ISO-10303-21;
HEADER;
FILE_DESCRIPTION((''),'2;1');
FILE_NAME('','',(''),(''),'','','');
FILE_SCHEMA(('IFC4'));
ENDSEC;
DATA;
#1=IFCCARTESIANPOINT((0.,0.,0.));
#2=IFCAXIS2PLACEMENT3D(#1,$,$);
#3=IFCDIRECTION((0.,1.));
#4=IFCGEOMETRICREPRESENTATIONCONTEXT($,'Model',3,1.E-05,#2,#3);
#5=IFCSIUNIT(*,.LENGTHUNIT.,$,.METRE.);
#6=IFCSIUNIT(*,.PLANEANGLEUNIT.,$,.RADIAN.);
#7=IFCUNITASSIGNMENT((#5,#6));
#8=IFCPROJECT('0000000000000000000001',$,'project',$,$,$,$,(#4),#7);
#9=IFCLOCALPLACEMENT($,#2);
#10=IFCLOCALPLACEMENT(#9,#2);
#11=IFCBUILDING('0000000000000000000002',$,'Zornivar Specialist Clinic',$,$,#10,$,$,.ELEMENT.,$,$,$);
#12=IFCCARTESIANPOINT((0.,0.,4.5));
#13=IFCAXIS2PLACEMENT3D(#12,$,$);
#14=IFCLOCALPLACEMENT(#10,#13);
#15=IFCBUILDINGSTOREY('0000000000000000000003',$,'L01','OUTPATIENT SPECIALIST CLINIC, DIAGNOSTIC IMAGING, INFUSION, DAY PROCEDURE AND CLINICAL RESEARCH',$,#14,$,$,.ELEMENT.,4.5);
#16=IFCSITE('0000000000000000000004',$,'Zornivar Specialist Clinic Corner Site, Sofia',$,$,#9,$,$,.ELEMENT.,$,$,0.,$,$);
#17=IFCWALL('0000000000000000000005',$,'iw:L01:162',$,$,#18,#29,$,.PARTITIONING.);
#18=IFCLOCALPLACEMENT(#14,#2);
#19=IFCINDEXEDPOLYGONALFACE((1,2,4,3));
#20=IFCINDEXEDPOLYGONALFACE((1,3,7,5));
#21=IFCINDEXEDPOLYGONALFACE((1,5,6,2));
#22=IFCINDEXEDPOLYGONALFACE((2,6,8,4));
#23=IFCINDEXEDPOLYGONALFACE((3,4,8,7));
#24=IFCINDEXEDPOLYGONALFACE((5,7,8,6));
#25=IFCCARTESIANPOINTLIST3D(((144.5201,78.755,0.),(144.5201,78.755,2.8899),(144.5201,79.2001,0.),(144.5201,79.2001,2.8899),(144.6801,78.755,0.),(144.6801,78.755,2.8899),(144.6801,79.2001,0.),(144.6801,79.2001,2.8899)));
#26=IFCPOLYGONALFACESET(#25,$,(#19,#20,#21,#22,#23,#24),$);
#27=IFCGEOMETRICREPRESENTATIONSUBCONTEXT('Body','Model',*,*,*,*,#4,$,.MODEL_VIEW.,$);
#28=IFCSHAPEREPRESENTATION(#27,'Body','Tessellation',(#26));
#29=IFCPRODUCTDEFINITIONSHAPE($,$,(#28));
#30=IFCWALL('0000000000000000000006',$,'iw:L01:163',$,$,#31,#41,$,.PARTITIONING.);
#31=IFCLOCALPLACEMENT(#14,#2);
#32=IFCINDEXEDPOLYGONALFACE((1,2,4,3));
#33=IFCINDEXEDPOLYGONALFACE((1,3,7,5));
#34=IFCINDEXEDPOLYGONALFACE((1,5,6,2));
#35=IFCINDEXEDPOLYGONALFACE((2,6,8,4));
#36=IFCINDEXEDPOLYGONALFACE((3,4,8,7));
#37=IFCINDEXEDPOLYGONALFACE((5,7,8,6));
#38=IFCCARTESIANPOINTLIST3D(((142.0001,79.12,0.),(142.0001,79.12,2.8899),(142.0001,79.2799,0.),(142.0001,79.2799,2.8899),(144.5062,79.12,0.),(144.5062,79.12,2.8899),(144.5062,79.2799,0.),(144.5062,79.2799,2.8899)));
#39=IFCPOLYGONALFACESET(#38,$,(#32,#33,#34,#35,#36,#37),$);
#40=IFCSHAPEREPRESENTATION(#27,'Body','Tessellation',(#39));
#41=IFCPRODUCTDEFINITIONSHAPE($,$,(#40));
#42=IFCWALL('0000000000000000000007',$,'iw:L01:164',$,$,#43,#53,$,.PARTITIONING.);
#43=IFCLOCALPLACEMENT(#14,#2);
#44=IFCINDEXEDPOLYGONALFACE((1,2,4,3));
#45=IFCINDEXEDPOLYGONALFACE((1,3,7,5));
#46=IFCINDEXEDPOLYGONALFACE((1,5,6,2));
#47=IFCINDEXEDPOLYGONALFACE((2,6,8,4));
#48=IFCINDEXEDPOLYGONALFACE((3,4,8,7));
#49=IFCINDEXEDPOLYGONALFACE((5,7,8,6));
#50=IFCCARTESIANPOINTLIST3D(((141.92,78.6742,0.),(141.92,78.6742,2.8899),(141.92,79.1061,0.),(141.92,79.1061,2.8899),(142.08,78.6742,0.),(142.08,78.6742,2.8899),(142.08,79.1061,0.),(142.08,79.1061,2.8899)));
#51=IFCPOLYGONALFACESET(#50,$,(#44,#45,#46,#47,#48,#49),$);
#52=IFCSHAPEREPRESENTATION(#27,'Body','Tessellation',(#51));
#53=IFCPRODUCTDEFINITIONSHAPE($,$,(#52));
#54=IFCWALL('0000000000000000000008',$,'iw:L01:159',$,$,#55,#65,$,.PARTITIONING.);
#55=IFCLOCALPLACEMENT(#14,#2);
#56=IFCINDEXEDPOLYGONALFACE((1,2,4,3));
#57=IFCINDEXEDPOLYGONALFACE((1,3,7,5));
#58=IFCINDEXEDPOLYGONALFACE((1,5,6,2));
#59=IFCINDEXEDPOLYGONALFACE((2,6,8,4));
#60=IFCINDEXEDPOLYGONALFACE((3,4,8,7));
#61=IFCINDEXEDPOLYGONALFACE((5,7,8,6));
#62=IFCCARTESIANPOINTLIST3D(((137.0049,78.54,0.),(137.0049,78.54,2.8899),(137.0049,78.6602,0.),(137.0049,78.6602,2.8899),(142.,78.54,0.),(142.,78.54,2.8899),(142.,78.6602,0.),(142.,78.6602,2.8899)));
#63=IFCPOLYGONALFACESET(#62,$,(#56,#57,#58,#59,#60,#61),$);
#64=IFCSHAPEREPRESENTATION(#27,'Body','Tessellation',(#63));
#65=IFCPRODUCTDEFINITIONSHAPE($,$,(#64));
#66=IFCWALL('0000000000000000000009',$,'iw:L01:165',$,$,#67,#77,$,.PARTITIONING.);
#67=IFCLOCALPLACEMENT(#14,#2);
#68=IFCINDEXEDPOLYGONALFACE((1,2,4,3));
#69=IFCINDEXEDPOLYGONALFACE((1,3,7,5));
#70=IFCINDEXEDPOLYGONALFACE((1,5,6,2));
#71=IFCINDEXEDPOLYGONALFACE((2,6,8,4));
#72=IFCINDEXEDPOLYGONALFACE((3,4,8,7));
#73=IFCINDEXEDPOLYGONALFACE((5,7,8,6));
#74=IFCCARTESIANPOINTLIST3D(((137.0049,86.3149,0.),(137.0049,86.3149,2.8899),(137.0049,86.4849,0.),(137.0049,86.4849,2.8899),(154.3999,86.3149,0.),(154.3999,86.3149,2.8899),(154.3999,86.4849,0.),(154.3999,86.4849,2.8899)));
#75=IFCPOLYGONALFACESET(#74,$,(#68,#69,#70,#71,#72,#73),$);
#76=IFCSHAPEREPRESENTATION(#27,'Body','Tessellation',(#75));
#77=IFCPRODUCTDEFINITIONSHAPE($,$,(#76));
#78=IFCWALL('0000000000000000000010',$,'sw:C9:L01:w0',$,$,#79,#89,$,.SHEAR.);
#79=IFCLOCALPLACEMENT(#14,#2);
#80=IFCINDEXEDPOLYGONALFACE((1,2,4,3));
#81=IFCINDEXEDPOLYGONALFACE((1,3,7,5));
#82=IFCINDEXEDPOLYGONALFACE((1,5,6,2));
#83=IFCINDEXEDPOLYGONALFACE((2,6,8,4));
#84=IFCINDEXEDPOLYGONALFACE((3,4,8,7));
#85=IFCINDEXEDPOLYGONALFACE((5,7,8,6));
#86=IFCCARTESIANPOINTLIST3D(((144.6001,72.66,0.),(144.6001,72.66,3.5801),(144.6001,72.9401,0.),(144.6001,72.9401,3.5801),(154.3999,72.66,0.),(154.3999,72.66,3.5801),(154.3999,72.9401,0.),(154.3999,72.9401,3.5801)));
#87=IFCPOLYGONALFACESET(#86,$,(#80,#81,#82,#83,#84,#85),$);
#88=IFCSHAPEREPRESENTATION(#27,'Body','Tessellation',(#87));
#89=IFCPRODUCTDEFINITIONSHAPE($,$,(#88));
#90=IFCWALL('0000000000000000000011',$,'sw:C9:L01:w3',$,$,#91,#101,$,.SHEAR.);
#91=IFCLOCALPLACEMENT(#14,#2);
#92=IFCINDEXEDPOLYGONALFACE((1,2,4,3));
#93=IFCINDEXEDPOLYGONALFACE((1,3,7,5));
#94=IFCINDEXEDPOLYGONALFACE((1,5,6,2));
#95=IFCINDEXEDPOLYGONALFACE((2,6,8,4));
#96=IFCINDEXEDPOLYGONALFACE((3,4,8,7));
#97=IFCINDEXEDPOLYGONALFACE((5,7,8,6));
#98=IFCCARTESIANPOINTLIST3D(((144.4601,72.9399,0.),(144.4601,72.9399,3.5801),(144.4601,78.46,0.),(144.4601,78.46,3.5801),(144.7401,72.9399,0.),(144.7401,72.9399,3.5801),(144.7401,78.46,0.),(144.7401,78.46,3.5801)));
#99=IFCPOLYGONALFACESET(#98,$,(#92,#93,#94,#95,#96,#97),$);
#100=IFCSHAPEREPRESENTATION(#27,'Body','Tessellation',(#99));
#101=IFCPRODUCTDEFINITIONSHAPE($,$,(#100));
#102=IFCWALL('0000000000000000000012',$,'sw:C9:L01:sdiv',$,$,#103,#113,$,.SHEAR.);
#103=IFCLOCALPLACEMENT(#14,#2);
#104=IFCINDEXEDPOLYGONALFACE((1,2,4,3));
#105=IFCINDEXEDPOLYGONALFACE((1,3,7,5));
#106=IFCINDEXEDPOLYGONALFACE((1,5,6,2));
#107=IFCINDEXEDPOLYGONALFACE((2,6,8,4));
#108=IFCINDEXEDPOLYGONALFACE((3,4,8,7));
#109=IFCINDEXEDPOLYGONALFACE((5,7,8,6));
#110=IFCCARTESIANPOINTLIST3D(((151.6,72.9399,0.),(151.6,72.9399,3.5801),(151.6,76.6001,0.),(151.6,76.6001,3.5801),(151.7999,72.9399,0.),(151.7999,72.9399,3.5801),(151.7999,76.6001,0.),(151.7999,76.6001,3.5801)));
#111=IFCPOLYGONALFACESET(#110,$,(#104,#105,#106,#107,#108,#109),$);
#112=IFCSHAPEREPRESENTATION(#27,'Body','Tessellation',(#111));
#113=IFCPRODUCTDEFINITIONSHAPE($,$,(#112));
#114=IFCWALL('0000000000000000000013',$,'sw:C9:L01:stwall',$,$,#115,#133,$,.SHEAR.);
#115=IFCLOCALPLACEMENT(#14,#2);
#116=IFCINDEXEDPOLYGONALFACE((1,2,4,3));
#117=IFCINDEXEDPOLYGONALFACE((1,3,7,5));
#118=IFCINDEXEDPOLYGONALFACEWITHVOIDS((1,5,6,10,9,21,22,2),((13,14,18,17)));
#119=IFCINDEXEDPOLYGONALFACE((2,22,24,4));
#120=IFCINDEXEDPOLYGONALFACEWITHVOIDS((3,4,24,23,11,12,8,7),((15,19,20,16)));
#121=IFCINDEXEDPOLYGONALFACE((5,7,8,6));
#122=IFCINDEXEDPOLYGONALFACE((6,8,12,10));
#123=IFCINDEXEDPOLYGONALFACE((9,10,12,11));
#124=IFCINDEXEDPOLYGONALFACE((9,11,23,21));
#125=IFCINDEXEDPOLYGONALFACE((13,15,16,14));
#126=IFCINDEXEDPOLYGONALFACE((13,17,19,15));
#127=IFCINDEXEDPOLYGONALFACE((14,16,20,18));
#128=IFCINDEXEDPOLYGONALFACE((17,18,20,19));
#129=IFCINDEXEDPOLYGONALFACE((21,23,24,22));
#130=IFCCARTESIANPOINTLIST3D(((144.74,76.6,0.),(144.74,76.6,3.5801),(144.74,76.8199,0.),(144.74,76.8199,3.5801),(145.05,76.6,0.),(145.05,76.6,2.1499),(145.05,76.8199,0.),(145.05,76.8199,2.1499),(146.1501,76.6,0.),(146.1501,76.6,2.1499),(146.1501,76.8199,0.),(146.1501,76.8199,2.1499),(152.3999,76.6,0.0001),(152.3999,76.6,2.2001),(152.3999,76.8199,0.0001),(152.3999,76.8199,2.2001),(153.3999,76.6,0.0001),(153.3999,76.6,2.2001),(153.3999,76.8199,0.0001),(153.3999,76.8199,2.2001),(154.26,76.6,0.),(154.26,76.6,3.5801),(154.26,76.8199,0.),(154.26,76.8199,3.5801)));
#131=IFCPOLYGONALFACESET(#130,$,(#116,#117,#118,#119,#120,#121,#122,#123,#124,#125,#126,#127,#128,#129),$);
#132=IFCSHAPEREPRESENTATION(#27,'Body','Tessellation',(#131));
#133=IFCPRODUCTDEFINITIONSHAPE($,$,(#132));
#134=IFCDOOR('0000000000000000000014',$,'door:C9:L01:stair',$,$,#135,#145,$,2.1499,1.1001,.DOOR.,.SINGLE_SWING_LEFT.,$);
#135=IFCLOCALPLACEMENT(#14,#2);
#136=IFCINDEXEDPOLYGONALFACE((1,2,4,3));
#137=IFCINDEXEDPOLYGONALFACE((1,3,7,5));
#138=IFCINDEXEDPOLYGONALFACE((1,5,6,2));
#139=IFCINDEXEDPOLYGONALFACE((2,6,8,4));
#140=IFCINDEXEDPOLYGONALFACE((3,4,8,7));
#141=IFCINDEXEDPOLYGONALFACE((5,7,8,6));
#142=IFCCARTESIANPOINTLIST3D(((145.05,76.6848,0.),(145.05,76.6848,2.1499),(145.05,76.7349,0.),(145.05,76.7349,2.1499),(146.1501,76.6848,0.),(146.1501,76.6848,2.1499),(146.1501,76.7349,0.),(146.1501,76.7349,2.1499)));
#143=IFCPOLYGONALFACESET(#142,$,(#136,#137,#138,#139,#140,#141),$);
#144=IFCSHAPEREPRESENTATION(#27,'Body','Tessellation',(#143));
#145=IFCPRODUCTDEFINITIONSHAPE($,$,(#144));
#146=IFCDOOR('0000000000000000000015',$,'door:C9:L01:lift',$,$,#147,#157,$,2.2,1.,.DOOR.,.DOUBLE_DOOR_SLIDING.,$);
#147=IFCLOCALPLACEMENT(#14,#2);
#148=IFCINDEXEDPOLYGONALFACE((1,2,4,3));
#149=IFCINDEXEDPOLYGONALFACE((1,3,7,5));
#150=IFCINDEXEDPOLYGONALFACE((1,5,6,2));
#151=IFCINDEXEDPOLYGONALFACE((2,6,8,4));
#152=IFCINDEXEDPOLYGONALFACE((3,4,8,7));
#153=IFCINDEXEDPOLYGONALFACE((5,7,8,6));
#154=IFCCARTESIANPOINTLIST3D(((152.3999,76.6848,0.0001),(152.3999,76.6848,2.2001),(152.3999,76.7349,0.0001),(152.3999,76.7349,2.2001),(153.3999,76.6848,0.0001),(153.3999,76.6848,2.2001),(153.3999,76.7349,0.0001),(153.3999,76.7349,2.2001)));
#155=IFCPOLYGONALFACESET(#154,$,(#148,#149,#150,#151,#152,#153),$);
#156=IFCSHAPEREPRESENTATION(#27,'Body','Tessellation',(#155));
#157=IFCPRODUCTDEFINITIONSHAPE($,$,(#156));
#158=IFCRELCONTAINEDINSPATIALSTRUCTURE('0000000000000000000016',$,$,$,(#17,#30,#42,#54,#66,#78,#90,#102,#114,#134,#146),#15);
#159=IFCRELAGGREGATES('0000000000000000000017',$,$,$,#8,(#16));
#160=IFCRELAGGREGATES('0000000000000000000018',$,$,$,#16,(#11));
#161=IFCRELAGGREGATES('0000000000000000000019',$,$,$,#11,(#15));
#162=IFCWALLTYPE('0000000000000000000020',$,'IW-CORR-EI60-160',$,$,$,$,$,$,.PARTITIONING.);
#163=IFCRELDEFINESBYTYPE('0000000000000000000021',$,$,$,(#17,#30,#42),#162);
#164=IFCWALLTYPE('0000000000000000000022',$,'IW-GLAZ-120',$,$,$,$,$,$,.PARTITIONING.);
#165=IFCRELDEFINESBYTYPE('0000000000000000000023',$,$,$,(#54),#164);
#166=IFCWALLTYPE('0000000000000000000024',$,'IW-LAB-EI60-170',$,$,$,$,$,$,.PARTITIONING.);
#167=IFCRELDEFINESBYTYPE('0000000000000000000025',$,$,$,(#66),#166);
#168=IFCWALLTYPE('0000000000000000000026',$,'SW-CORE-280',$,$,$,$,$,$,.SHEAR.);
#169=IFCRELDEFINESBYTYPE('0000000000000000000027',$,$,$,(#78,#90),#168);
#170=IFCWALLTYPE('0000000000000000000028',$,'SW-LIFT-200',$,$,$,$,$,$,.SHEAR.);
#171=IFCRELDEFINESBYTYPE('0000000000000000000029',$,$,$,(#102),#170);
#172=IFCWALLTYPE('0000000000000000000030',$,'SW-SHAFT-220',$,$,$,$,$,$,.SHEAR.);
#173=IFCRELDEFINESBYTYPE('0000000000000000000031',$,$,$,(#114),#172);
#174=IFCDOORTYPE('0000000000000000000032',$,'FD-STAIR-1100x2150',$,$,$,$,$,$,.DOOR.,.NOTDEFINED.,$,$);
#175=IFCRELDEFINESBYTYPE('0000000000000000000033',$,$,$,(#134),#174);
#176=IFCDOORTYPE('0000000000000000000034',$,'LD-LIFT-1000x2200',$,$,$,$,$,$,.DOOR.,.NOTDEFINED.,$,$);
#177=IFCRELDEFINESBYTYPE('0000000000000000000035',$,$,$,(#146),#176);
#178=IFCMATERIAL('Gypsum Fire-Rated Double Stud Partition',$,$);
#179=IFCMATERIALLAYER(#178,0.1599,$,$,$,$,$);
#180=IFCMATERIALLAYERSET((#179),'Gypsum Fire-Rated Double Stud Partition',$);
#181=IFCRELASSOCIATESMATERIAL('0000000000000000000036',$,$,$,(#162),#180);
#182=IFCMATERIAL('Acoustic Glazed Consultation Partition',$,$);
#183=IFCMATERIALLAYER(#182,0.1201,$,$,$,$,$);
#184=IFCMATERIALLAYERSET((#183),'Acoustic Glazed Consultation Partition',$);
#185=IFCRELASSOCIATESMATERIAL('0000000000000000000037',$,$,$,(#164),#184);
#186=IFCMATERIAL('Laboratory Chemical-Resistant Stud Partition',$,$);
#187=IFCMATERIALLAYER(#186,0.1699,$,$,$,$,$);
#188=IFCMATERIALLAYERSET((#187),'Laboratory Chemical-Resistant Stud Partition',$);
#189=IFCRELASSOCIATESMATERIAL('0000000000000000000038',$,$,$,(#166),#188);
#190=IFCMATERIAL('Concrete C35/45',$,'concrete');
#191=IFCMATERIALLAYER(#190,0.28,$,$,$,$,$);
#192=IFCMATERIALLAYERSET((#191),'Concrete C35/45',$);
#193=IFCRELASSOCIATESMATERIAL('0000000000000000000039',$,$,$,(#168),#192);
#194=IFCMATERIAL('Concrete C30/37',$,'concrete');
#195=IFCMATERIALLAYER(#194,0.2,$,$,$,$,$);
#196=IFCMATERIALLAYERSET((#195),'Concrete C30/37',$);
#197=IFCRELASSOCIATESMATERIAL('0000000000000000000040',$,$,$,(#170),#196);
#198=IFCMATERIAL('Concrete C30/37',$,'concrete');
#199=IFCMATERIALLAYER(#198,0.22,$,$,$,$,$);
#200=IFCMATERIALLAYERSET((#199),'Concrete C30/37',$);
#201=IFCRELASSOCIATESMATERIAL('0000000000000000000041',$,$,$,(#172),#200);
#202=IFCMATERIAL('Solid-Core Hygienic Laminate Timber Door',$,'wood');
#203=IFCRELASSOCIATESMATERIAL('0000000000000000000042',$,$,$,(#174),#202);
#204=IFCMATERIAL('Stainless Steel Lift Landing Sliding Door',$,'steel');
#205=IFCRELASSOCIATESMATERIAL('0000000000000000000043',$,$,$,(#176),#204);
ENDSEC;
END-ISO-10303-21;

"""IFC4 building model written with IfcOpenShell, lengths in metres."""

from ifc_helpers import new_model, si_unit, direction, frame, frame_2d, origin, place, context, subcontext, project, spatial, rectangle, extrude, material, layer, layer_set, type_object, element, fill, save


model = new_model("IFC4")

# Units and contexts
model_context = context("Model", 3, precision=1e-05, world=origin(), true_north=direction((0.0, 1.0)))
body_context = subcontext(model_context, "Body", "Model", "MODEL_VIEW")
ifc_project = project(units=[si_unit("LENGTHUNIT", "METRE"), si_unit("PLANEANGLEUNIT", "RADIAN")], contexts=[model_context])

# Site, building, storey
site_placement = place(None, origin())
site = spatial("IfcSite", under=ifc_project, at=site_placement, Name="Zornivar Specialist Clinic Corner Site, Sofia", CompositionType="ELEMENT", RefElevation=0.0)
building_placement = place(site_placement, origin())
building = spatial("IfcBuilding", under=site, at=building_placement, Name="Zornivar Specialist Clinic", CompositionType="ELEMENT")
storey_placement = place(building_placement, frame((0.0, 0.0, 4.5)))
storey = spatial("IfcBuildingStorey", under=building, at=storey_placement, Name="L01", Description="OUTPATIENT SPECIALIST CLINIC, DIAGNOSTIC IMAGING, INFUSION, DAY PROCEDURE AND CLINICAL RESEARCH", CompositionType="ELEMENT", Elevation=4.5)

# Shared definitions
ifc_material_1 = material(Name="Gypsum Fire-Rated Double Stud Partition")
ifc_layer_1 = layer(ifc_material_1, 0.1599)
ifc_layer_set_1 = layer_set([ifc_layer_1], Name="Gypsum Fire-Rated Double Stud Partition")
wall_type_1 = type_object("IfcWallType", Name="IW-CORR-EI60-160", PredefinedType="PARTITIONING", material=ifc_layer_set_1)

# Walls
wall_1_placement = place(storey_placement, frame((144.6001, 78.7549, 0.0), z_axis=(0.0, 0.0, 1.0), x_axis=(0.0, 1.0, 0.0)))
element("IfcWall", 1, at=wall_1_placement, inside=storey, type_object=wall_type_1, Name="iw:L01:162", PredefinedType="PARTITIONING", context=body_context, shape_type="SweptSolid", body=[
    extrude(rectangle(XDim=0.4451, YDim=0.1599, at=frame_2d((0.2227, 0.0))), origin(), (0.0, 0.0, 1.0), 2.8899),
])
wall_2_placement = place(storey_placement, frame((144.5061, 79.2, 0.0), z_axis=(0.0, 0.0, 1.0), x_axis=(-1.0, 0.0, 0.0)))
element("IfcWall", 2, at=wall_2_placement, inside=storey, type_object=wall_type_1, Name="iw:L01:163", PredefinedType="PARTITIONING", context=body_context, shape_type="SweptSolid", body=[
    extrude(rectangle(XDim=2.5061, YDim=0.1599, at=frame_2d((1.2529, 0.0))), origin(), (0.0, 0.0, 1.0), 2.8899),
])
wall_3_placement = place(storey_placement, frame((142.0, 79.106, 0.0), z_axis=(0.0, 0.0, 1.0), x_axis=(0.0, -1.0, 0.0)))
element("IfcWall", 3, at=wall_3_placement, inside=storey, type_object=wall_type_1, Name="iw:L01:164", PredefinedType="PARTITIONING", context=body_context, shape_type="SweptSolid", body=[
    extrude(rectangle(XDim=0.4319, YDim=0.1599, at=frame_2d((0.2158, 0.0))), origin(), (0.0, 0.0, 1.0), 2.8899),
])
ifc_material_2 = material(Name="Acoustic Glazed Consultation Partition")
ifc_layer_2 = layer(ifc_material_2, 0.1201)
ifc_layer_set_2 = layer_set([ifc_layer_2], Name="Acoustic Glazed Consultation Partition")
wall_type_2 = type_object("IfcWallType", Name="IW-GLAZ-120", PredefinedType="PARTITIONING", material=ifc_layer_set_2)
wall_4_placement = place(storey_placement, frame((137.0049, 78.6001, 0.0), z_axis=(0.0, 0.0, 1.0), x_axis=(1.0, 0.0, 0.0)))
element("IfcWall", 4, at=wall_4_placement, inside=storey, type_object=wall_type_2, Name="iw:L01:159", PredefinedType="PARTITIONING", context=body_context, shape_type="SweptSolid", body=[
    extrude(rectangle(XDim=4.9951, YDim=0.1201, at=frame_2d((2.4976, 0.0))), origin(), (0.0, 0.0, 1.0), 2.8899),
])
ifc_material_3 = material(Name="Laboratory Chemical-Resistant Stud Partition")
ifc_layer_3 = layer(ifc_material_3, 0.1699)
ifc_layer_set_3 = layer_set([ifc_layer_3], Name="Laboratory Chemical-Resistant Stud Partition")
wall_type_3 = type_object("IfcWallType", Name="IW-LAB-EI60-170", PredefinedType="PARTITIONING", material=ifc_layer_set_3)
wall_5_placement = place(storey_placement, frame((137.0049, 86.3999, 0.0), z_axis=(0.0, 0.0, 1.0), x_axis=(1.0, 0.0, 0.0)))
element("IfcWall", 5, at=wall_5_placement, inside=storey, type_object=wall_type_3, Name="iw:L01:165", PredefinedType="PARTITIONING", context=body_context, shape_type="SweptSolid", body=[
    extrude(rectangle(XDim=17.395, YDim=0.1699, at=frame_2d((8.6975, 0.0))), origin(), (0.0, 0.0, 1.0), 2.8899),
])
ifc_material_4 = material(Name="Concrete C35/45", Category="concrete")
ifc_layer_4 = layer(ifc_material_4, 0.28)
ifc_layer_set_4 = layer_set([ifc_layer_4], Name="Concrete C35/45")
wall_type_4 = type_object("IfcWallType", Name="SW-CORE-280", PredefinedType="SHEAR", material=ifc_layer_set_4)
wall_6_placement = place(storey_placement, frame((144.6001, 72.8, 0.0), z_axis=(0.0, 0.0, 1.0), x_axis=(1.0, 0.0, 0.0)))
element("IfcWall", 6, at=wall_6_placement, inside=storey, type_object=wall_type_4, Name="sw:C9:L01:w0", PredefinedType="SHEAR", context=body_context, shape_type="SweptSolid", body=[
    extrude(rectangle(XDim=9.7998, YDim=0.28, at=frame_2d((4.8999, 0.0))), origin(), (0.0, 0.0, 1.0), 3.5801),
])
wall_7_placement = place(storey_placement, frame((144.6001, 78.46, 0.0), z_axis=(0.0, 0.0, 1.0), x_axis=(0.0, -1.0, 0.0)))
element("IfcWall", 7, at=wall_7_placement, inside=storey, type_object=wall_type_4, Name="sw:C9:L01:w3", PredefinedType="SHEAR", context=body_context, shape_type="SweptSolid", body=[
    extrude(rectangle(XDim=5.52, YDim=0.28, at=frame_2d((2.76, 0.0))), origin(), (0.0, 0.0, 1.0), 3.5801),
])
ifc_material_5 = material(Name="Concrete C30/37", Category="concrete")
ifc_layer_5 = layer(ifc_material_5, 0.2)
ifc_layer_set_5 = layer_set([ifc_layer_5], Name="Concrete C30/37")
wall_type_5 = type_object("IfcWallType", Name="SW-LIFT-200", PredefinedType="SHEAR", material=ifc_layer_set_5)
wall_8_placement = place(storey_placement, frame((151.7, 72.9399, 0.0), z_axis=(0.0, 0.0, 1.0), x_axis=(0.0, 1.0, 0.0)))
element("IfcWall", 8, at=wall_8_placement, inside=storey, type_object=wall_type_5, Name="sw:C9:L01:sdiv", PredefinedType="SHEAR", context=body_context, shape_type="SweptSolid", body=[
    extrude(rectangle(XDim=3.6602, YDim=0.2, at=frame_2d((1.8301, 0.0))), origin(), (0.0, 0.0, 1.0), 3.5801),
])

# Wall, openings, doors
ifc_material_6 = material(Name="Concrete C30/37", Category="concrete")
ifc_layer_6 = layer(ifc_material_6, 0.22)
ifc_layer_set_6 = layer_set([ifc_layer_6], Name="Concrete C30/37")
wall_type_6 = type_object("IfcWallType", Name="SW-SHAFT-220", PredefinedType="SHEAR", material=ifc_layer_set_6)
wall_9_placement = place(storey_placement, frame((144.74, 76.71, 0.0), z_axis=(0.0, 0.0, 1.0), x_axis=(1.0, 0.0, 0.0)))
wall_9 = element("IfcWall", 9, at=wall_9_placement, inside=storey, type_object=wall_type_6, Name="sw:C9:L01:stwall", PredefinedType="SHEAR", context=body_context, shape_type="SweptSolid", body=[
    extrude(rectangle(XDim=9.52, YDim=0.22, at=frame_2d((4.76, 0.0))), origin(), (0.0, 0.0, 1.0), 3.5801),
])
opening_1_placement = place(wall_9_placement, frame((0.3101, 0.0, 0.0)))
opening_1 = element("IfcOpeningElement", 10, at=opening_1_placement, cuts=wall_9, PredefinedType="OPENING", context=body_context, shape_type="SweptSolid", body=[
    extrude(rectangle(XDim=1.1001, YDim=2.1499, at=frame_2d((0.55, 1.075))), frame((0.0, 0.1199, 0.0), z_axis=(0.0, -1.0, 0.0), x_axis=(1.0, 0.0, 0.0)), (0.0, 0.0, 1.0), 0.24),
])
opening_2_placement = place(wall_9_placement, frame((7.6599, 0.0, 0.0)))
opening_2 = element("IfcOpeningElement", 11, at=opening_2_placement, cuts=wall_9, PredefinedType="OPENING", context=body_context, shape_type="SweptSolid", body=[
    extrude(rectangle(XDim=1.0, YDim=2.2, at=frame_2d((0.5, 1.1001))), frame((0.0, 0.1199, 0.0), z_axis=(0.0, -1.0, 0.0), x_axis=(1.0, 0.0, 0.0)), (0.0, 0.0, 1.0), 0.24),
])
ifc_material_7 = material(Name="Solid-Core Hygienic Laminate Timber Door", Category="wood")
door_type_1 = type_object("IfcDoorType", Name="FD-STAIR-1100x2150", OperationType="NOTDEFINED", PredefinedType="DOOR", material=ifc_material_7)
door_1_placement = place(opening_1_placement, origin())
door_1 = element("IfcDoor", 12, at=door_1_placement, inside=storey, type_object=door_type_1, Name="door:C9:L01:stair", OperationType="SINGLE_SWING_LEFT", OverallHeight=2.1499, OverallWidth=1.1001, PredefinedType="DOOR", context=body_context, shape_type="SweptSolid", body=[
    extrude(rectangle(XDim=1.1001, YDim=2.1499, at=frame_2d((0.55, 1.075))), frame((0.0, 0.0249, 0.0), z_axis=(0.0, -1.0, 0.0), x_axis=(1.0, 0.0, 0.0)), (0.0, 0.0, 1.0), 0.05),
])
fill(opening_1, door_1)
ifc_material_8 = material(Name="Stainless Steel Lift Landing Sliding Door", Category="steel")
door_type_2 = type_object("IfcDoorType", Name="LD-LIFT-1000x2200", OperationType="NOTDEFINED", PredefinedType="DOOR", material=ifc_material_8)
door_2_placement = place(opening_2_placement, origin())
door_2 = element("IfcDoor", 13, at=door_2_placement, inside=storey, type_object=door_type_2, Name="door:C9:L01:lift", OperationType="DOUBLE_DOOR_SLIDING", OverallHeight=2.2, OverallWidth=1.0, PredefinedType="DOOR", context=body_context, shape_type="SweptSolid", body=[
    extrude(rectangle(XDim=1.0, YDim=2.2, at=frame_2d((0.5, 1.1001))), frame((0.0, 0.0249, 0.0), z_axis=(0.0, -1.0, 0.0), x_axis=(1.0, 0.0, 0.0)), (0.0, 0.0, 1.0), 0.05),
])
fill(opening_2, door_2)

save(model, "model.ifc")
